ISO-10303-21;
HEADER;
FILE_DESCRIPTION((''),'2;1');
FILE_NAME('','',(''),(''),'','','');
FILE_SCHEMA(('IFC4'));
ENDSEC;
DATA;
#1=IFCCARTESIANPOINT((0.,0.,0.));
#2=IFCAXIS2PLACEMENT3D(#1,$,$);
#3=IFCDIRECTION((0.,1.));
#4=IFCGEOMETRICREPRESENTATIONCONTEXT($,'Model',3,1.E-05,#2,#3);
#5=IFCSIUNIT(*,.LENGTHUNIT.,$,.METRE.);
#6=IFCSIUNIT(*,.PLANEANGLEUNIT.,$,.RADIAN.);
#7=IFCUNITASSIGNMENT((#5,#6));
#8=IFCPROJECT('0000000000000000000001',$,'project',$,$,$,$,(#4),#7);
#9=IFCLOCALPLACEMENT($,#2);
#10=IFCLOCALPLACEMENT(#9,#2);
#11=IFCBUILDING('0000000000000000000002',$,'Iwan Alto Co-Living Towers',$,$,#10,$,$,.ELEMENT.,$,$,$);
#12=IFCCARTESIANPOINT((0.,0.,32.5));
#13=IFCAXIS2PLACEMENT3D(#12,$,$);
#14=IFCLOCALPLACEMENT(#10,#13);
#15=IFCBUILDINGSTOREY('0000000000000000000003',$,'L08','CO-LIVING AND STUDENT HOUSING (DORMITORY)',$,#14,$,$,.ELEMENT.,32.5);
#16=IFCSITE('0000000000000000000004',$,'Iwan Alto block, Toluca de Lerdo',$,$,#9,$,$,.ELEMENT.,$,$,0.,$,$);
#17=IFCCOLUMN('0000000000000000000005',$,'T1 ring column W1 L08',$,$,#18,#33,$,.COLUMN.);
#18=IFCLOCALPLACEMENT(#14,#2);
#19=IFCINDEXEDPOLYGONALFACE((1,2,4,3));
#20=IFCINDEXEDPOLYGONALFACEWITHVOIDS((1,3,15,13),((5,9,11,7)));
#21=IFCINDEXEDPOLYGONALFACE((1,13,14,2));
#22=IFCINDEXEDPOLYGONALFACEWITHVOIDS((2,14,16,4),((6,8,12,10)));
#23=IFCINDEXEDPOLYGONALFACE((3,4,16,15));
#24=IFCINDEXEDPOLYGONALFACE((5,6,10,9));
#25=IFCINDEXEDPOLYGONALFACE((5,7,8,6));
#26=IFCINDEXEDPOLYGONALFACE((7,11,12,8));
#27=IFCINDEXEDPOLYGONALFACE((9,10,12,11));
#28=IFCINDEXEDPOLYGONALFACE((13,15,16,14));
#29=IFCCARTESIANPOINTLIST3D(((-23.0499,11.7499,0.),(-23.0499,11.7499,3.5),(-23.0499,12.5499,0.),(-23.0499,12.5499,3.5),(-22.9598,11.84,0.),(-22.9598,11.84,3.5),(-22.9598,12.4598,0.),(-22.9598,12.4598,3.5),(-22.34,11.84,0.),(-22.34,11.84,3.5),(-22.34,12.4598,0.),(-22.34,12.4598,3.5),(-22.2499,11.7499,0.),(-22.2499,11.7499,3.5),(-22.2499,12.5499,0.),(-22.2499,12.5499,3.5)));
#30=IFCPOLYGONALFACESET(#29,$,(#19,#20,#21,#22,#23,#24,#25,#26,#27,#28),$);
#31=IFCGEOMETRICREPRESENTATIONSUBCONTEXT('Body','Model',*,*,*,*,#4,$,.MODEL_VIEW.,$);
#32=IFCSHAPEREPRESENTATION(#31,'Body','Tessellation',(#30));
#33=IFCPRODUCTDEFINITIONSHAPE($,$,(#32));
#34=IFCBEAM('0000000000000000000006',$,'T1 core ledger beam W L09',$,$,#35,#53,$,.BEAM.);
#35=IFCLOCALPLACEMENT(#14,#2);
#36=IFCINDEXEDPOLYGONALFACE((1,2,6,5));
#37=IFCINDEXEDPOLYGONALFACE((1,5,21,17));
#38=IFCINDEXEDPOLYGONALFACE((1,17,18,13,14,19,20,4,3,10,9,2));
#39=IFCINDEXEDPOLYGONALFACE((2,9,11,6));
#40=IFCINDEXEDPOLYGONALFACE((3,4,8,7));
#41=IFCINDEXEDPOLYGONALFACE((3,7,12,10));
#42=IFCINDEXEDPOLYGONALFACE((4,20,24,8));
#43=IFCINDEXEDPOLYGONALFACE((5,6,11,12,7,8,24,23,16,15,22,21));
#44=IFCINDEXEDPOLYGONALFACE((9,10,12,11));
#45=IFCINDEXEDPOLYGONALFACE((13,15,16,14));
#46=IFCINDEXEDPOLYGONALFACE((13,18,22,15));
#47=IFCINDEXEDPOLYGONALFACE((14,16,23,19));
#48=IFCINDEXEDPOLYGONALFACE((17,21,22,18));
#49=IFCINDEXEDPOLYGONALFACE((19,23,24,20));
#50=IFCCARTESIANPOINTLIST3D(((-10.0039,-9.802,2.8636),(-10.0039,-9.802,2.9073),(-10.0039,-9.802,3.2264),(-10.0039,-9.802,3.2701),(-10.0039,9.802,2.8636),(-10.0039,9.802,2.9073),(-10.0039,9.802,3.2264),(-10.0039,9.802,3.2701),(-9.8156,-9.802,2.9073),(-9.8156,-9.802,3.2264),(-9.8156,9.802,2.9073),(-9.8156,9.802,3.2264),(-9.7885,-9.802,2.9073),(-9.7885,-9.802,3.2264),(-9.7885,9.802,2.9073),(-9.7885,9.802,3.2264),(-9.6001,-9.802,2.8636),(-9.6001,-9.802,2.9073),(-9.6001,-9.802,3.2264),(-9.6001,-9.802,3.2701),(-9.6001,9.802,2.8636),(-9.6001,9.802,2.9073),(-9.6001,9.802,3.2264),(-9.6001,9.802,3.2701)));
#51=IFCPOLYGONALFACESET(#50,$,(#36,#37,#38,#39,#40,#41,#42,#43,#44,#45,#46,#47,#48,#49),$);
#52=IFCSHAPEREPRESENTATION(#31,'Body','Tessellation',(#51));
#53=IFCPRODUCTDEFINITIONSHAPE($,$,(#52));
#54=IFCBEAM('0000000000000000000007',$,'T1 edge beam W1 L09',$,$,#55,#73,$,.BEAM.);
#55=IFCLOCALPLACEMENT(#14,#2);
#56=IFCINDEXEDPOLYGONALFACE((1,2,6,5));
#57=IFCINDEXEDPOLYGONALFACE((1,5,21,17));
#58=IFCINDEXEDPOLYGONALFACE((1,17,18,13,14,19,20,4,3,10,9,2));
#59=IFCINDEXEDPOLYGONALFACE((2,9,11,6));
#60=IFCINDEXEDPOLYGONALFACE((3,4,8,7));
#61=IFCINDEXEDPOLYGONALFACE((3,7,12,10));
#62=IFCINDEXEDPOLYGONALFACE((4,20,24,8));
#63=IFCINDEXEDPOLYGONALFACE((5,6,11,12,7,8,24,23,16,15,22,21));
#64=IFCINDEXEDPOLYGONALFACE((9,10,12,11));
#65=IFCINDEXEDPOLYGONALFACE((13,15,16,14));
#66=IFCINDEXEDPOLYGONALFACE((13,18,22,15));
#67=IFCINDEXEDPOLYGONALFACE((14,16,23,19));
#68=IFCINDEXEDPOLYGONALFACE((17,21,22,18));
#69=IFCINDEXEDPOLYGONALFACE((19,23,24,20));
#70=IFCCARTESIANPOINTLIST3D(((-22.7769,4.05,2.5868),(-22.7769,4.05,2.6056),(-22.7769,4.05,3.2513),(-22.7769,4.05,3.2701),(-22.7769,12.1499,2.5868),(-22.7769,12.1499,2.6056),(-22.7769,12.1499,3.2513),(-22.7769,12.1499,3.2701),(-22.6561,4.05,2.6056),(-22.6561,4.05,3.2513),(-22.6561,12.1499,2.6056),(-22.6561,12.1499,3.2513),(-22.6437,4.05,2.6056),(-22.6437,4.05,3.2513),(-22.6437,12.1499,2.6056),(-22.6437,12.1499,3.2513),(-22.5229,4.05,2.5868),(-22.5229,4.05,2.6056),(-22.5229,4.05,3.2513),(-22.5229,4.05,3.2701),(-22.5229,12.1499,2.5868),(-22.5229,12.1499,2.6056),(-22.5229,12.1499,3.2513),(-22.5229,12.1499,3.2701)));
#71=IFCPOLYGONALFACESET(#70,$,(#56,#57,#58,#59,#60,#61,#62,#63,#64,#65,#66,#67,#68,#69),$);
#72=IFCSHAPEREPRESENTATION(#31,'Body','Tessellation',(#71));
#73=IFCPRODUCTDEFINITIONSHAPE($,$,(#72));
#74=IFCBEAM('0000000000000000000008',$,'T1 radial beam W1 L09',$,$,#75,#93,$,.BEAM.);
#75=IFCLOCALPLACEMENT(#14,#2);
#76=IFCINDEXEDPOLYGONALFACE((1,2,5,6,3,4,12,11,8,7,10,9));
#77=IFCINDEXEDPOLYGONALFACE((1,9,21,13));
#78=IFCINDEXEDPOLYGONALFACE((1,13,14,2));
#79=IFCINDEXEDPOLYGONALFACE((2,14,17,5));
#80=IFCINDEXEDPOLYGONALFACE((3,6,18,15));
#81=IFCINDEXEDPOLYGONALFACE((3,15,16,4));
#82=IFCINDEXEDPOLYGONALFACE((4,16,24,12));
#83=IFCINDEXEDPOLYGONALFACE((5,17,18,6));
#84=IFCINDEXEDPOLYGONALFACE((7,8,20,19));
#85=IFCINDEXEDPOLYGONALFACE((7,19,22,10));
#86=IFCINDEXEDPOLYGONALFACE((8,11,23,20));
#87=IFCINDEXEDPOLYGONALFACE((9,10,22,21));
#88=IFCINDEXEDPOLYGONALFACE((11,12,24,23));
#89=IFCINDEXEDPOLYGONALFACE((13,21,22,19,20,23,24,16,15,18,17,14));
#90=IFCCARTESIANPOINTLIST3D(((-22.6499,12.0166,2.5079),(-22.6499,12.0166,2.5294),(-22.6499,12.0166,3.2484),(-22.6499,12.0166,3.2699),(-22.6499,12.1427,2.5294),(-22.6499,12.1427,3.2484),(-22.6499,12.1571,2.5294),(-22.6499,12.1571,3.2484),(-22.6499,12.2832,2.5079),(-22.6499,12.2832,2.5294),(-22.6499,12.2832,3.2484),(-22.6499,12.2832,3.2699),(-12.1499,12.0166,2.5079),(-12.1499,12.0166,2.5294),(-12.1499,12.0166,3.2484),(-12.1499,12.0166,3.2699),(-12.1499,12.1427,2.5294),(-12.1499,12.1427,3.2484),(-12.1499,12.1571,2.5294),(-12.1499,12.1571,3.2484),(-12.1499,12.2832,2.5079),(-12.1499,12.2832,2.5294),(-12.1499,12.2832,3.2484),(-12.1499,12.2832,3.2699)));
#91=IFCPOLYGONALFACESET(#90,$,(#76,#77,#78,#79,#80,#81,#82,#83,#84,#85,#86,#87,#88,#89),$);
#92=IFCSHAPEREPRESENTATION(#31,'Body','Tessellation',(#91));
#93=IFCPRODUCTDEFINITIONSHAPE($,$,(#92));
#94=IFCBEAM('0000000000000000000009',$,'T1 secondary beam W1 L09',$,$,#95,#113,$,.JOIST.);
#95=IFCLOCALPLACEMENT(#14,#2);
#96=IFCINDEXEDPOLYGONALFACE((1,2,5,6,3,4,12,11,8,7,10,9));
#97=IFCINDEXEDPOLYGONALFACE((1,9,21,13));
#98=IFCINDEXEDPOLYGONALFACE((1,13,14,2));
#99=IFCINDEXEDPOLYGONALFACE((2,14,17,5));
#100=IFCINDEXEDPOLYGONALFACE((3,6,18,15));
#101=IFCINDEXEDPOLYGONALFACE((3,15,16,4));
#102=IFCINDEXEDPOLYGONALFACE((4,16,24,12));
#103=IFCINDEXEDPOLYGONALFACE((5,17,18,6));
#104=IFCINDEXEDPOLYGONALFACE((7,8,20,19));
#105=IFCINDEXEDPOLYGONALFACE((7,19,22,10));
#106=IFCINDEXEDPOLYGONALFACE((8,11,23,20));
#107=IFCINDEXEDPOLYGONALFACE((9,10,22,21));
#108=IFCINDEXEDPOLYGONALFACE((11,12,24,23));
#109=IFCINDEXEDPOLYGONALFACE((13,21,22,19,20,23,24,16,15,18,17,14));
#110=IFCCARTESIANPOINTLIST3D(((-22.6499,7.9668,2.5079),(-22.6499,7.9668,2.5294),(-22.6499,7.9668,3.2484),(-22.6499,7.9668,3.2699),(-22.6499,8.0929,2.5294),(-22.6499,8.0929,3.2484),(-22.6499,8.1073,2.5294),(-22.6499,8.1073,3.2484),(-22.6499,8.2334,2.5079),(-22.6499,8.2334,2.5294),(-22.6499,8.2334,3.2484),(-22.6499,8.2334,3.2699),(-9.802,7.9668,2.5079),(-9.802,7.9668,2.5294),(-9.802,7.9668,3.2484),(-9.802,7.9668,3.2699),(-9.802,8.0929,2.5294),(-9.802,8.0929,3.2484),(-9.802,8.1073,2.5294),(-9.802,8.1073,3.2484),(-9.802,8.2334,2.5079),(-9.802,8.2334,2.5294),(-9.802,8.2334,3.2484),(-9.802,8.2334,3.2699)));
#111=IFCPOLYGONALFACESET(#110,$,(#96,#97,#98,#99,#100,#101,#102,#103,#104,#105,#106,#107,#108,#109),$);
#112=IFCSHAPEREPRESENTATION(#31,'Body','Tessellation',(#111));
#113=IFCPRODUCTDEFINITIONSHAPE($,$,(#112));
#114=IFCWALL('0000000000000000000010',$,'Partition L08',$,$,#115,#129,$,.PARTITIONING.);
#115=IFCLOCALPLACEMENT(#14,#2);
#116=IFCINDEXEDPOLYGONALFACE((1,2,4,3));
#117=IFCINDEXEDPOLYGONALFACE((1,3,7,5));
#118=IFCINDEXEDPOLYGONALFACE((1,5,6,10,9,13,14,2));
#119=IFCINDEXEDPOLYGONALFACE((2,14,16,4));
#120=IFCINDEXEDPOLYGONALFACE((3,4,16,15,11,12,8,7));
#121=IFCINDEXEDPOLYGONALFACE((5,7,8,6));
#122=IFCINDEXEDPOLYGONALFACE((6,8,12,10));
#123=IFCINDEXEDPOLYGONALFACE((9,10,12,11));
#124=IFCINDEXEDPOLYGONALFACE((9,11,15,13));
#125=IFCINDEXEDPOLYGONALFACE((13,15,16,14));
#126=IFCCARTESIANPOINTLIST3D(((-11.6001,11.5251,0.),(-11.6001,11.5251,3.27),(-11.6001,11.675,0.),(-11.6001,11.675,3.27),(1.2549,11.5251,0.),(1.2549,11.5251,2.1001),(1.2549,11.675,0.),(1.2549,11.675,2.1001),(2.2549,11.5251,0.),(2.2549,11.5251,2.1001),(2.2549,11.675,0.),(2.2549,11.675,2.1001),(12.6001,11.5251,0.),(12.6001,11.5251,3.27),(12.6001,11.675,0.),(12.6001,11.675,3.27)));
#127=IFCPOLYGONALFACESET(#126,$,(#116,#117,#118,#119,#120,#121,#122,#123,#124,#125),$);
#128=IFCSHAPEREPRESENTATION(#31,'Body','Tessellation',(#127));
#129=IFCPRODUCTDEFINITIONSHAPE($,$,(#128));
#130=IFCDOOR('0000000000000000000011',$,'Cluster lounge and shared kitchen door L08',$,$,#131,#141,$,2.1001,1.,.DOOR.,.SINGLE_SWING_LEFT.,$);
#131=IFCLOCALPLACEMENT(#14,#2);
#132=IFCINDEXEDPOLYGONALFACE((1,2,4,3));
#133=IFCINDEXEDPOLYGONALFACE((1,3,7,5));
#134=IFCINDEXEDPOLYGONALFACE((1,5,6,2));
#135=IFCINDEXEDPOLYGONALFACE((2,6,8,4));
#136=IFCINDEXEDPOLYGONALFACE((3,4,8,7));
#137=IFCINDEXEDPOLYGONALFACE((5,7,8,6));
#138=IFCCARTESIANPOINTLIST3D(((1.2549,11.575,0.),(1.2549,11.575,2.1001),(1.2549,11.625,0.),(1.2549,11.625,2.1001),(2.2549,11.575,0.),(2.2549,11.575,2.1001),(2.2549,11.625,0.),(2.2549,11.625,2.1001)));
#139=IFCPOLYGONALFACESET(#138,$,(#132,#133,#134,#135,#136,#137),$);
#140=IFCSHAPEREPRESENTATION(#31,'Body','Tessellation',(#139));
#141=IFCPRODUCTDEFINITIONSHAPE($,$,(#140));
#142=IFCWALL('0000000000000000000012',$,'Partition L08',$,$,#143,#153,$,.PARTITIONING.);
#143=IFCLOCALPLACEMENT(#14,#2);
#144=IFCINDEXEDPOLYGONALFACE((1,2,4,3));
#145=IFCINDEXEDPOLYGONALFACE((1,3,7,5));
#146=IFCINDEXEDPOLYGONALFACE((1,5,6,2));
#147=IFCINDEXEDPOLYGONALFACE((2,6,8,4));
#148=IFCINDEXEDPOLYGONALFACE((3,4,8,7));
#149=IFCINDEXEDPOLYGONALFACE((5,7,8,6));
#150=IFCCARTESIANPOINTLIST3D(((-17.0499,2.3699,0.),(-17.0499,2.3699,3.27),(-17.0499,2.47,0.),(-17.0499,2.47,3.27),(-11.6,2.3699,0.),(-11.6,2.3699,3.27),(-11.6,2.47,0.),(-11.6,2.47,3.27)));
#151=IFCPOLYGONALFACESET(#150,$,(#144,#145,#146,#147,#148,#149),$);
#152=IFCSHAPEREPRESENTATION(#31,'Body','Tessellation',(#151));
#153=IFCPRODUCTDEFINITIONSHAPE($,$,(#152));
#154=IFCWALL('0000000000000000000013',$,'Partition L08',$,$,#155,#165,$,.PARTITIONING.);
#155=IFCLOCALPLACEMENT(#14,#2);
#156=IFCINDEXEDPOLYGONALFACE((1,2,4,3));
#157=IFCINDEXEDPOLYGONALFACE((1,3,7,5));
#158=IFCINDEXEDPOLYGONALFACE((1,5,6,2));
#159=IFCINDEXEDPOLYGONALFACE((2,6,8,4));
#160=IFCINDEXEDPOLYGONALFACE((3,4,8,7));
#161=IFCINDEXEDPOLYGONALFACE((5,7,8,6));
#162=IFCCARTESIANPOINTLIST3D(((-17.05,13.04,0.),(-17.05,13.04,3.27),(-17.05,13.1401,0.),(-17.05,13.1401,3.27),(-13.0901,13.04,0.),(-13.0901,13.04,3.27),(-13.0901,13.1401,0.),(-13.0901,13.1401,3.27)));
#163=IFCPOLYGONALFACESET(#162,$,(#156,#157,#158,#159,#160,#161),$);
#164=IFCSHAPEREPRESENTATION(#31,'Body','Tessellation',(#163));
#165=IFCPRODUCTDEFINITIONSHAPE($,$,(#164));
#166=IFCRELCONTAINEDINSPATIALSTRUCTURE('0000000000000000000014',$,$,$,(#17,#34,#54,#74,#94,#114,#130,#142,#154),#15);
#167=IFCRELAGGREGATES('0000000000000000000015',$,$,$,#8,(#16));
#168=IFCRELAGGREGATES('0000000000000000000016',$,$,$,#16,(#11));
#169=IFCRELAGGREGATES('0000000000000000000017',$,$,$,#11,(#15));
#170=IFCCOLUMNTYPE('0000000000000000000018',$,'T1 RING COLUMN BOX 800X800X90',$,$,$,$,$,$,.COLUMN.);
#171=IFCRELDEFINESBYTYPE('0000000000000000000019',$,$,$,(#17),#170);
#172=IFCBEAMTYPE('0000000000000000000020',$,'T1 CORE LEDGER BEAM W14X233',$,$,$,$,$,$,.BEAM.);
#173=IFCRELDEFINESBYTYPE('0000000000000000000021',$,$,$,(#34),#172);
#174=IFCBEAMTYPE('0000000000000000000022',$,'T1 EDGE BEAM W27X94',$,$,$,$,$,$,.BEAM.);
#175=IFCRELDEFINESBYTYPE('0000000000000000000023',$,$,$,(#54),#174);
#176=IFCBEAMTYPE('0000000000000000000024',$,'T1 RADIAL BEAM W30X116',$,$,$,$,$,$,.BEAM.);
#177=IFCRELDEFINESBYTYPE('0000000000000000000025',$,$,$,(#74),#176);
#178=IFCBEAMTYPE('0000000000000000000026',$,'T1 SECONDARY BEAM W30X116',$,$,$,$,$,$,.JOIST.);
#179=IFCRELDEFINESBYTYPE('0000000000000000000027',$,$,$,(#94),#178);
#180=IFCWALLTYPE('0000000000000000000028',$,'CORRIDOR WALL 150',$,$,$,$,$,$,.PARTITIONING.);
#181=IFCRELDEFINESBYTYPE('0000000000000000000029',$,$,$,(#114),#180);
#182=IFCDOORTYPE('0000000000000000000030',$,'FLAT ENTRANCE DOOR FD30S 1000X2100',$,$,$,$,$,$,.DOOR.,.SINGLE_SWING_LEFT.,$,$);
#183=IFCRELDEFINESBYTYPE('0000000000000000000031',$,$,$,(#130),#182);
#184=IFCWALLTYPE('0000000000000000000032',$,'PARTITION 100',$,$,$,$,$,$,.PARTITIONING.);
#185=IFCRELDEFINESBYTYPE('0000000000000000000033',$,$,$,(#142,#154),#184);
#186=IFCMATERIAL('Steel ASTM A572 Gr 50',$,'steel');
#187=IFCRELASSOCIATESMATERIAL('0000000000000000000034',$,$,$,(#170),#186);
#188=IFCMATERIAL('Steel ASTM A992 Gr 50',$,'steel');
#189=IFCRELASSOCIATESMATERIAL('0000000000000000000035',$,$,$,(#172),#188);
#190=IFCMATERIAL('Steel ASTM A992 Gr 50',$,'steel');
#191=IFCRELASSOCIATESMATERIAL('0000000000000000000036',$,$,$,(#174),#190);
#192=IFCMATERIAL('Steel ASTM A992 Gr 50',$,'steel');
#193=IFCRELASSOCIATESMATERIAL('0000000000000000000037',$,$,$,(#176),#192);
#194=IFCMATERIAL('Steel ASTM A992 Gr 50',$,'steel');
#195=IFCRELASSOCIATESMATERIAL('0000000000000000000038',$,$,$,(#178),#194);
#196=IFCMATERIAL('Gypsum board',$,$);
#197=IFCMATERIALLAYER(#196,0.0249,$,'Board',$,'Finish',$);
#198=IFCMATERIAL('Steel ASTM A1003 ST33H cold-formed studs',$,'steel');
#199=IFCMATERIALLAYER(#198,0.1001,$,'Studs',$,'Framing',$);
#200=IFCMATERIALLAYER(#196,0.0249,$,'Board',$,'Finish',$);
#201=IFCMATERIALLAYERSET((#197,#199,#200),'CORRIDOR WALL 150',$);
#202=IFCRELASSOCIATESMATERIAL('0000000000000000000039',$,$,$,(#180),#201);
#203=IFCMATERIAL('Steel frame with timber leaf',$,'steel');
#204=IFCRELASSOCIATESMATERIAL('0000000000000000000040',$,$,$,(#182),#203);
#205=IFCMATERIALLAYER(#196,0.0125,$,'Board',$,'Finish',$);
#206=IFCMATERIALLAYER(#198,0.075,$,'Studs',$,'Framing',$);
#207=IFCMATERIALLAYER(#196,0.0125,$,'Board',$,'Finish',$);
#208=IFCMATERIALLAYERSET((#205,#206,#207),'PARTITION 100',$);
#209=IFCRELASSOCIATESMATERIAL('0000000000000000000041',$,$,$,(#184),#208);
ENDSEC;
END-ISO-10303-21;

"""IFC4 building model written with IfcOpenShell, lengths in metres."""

from ifc_helpers import new_model, si_unit, direction, frame, frame_2d, origin, origin_2d, place, context, subcontext, project, spatial, rectangle, hollow_rectangle, i_section, extrude, material, layer, layer_set, material_profile, profile_set, type_object, element, fill, save


model = new_model("IFC4")

# Units and contexts
model_context = context("Model", 3, precision=1e-05, world=origin(), true_north=direction((0.0, 1.0)))
body_context = subcontext(model_context, "Body", "Model", "MODEL_VIEW")
ifc_project = project(units=[si_unit("LENGTHUNIT", "METRE"), si_unit("PLANEANGLEUNIT", "RADIAN")], contexts=[model_context])

# Site, building, storey
site_placement = place(None, origin())
site = spatial("IfcSite", under=ifc_project, at=site_placement, Name="Iwan Alto block, Toluca de Lerdo", CompositionType="ELEMENT", RefElevation=0.0)
building_placement = place(site_placement, origin())
building = spatial("IfcBuilding", under=site, at=building_placement, Name="Iwan Alto Co-Living Towers", CompositionType="ELEMENT")
storey_placement = place(building_placement, frame((0.0, 0.0, 32.5)))
storey = spatial("IfcBuildingStorey", under=building, at=storey_placement, Name="L08", Description="CO-LIVING AND STUDENT HOUSING (DORMITORY)", CompositionType="ELEMENT", Elevation=32.5)

# Column
ifc_material_1 = material(Name="Steel ASTM A572 Gr 50", Category="steel")
ifc_material_profile_1 = material_profile(ifc_material_1, hollow_rectangle(XDim=0.8, YDim=0.8, WallThickness=0.0901, at=origin_2d()), Name="BOX 800X800X90")
ifc_profile_set_1 = profile_set([ifc_material_profile_1], Name="Steel ASTM A572 Gr 50")
column_type = type_object("IfcColumnType", Name="T1 RING COLUMN BOX 800X800X90", PredefinedType="COLUMN", material=ifc_profile_set_1)
column_placement = place(storey_placement, frame((-22.6499, 12.1499, 0.0), z_axis=(0.0, 0.0, 1.0), x_axis=(1.0, 0.0, 0.0)))
element("IfcColumn", 1, at=column_placement, inside=storey, type_object=column_type, Name="T1 ring column W1 L08", PredefinedType="COLUMN", context=body_context, shape_type="SweptSolid", body=[
    extrude(hollow_rectangle(XDim=0.8, YDim=0.8, WallThickness=0.0901, at=origin_2d()), origin(), (0.0, 0.0, 1.0), 3.5),
])

# Beams
ifc_material_2 = material(Name="Steel ASTM A992 Gr 50", Category="steel")
ifc_material_profile_2 = material_profile(ifc_material_2, i_section(OverallWidth=0.4038, OverallDepth=0.4065, WebThickness=0.0271, FlangeThickness=0.0437, at=origin_2d()), Name="W14X233")
ifc_profile_set_2 = profile_set([ifc_material_profile_2], Name="Steel ASTM A992 Gr 50")
beam_type_1 = type_object("IfcBeamType", Name="T1 CORE LEDGER BEAM W14X233", PredefinedType="BEAM", material=ifc_profile_set_2)
beam_1_placement = place(storey_placement, frame((-9.802, 9.802, 3.0669), z_axis=(0.0, -1.0, 0.0), x_axis=(1.0, 0.0, 0.0)))
element("IfcBeam", 2, at=beam_1_placement, inside=storey, type_object=beam_type_1, Name="T1 core ledger beam W L09", PredefinedType="BEAM", context=body_context, shape_type="SweptSolid", body=[
    extrude(i_section(OverallWidth=0.4038, OverallDepth=0.4065, WebThickness=0.0271, FlangeThickness=0.0437, at=origin_2d()), origin(), (0.0, 0.0, 1.0), 19.604),
])
ifc_material_3 = material(Name="Steel ASTM A992 Gr 50", Category="steel")
ifc_material_profile_3 = material_profile(ifc_material_3, i_section(OverallWidth=0.2539, OverallDepth=0.6833, WebThickness=0.0125, FlangeThickness=0.0188, at=origin_2d()), Name="W27X94")
ifc_profile_set_3 = profile_set([ifc_material_profile_3], Name="Steel ASTM A992 Gr 50")
beam_type_2 = type_object("IfcBeamType", Name="T1 EDGE BEAM W27X94", PredefinedType="BEAM", material=ifc_profile_set_3)
beam_2_placement = place(storey_placement, frame((-22.6499, 12.1499, 2.9285), z_axis=(0.0, -1.0, 0.0), x_axis=(1.0, 0.0, 0.0)))
element("IfcBeam", 3, at=beam_2_placement, inside=storey, type_object=beam_type_2, Name="T1 edge beam W1 L09", PredefinedType="BEAM", context=body_context, shape_type="SweptSolid", body=[
    extrude(i_section(OverallWidth=0.2539, OverallDepth=0.6833, WebThickness=0.0125, FlangeThickness=0.0188, at=origin_2d()), origin(), (0.0, 0.0, 1.0), 8.0999),
])
ifc_material_4 = material(Name="Steel ASTM A992 Gr 50", Category="steel")
ifc_material_profile_4 = material_profile(ifc_material_4, i_section(OverallWidth=0.2666, OverallDepth=0.762, WebThickness=0.0144, FlangeThickness=0.0215, at=origin_2d()), Name="W30X116")
ifc_profile_set_4 = profile_set([ifc_material_profile_4], Name="Steel ASTM A992 Gr 50")
beam_type_3 = type_object("IfcBeamType", Name="T1 RADIAL BEAM W30X116", PredefinedType="BEAM", material=ifc_profile_set_4)
beam_3_placement = place(storey_placement, frame((-22.6499, 12.1499, 2.8889), z_axis=(1.0, 0.0, 0.0), x_axis=(0.0, 1.0, 0.0)))
element("IfcBeam", 4, at=beam_3_placement, inside=storey, type_object=beam_type_3, Name="T1 radial beam W1 L09", PredefinedType="BEAM", context=body_context, shape_type="SweptSolid", body=[
    extrude(i_section(OverallWidth=0.2666, OverallDepth=0.762, WebThickness=0.0144, FlangeThickness=0.0215, at=origin_2d()), origin(), (0.0, 0.0, 1.0), 10.5),
])
ifc_material_5 = material(Name="Steel ASTM A992 Gr 50", Category="steel")
ifc_material_profile_5 = material_profile(ifc_material_5, i_section(OverallWidth=0.2666, OverallDepth=0.762, WebThickness=0.0144, FlangeThickness=0.0215, at=origin_2d()), Name="W30X116")
ifc_profile_set_5 = profile_set([ifc_material_profile_5], Name="Steel ASTM A992 Gr 50")
beam_type_4 = type_object("IfcBeamType", Name="T1 SECONDARY BEAM W30X116", PredefinedType="JOIST", material=ifc_profile_set_5)
beam_4_placement = place(storey_placement, frame((-22.6499, 8.1001, 2.8889), z_axis=(1.0, 0.0, 0.0), x_axis=(0.0, 1.0, 0.0)))
element("IfcBeam", 5, at=beam_4_placement, inside=storey, type_object=beam_type_4, Name="T1 secondary beam W1 L09", PredefinedType="JOIST", context=body_context, shape_type="SweptSolid", body=[
    extrude(i_section(OverallWidth=0.2666, OverallDepth=0.762, WebThickness=0.0144, FlangeThickness=0.0215, at=origin_2d()), origin(), (0.0, 0.0, 1.0), 12.8479),
])

# Wall, opening, door
ifc_material_6 = material(Name="Gypsum board")
ifc_layer_1 = layer(ifc_material_6, 0.0249, Name="Board", Category="Finish")
ifc_material_7 = material(Name="Steel ASTM A1003 ST33H cold-formed studs", Category="steel")
ifc_layer_2 = layer(ifc_material_7, 0.1001, Name="Studs", Category="Framing")
ifc_layer_3 = layer(ifc_material_6, 0.0249, Name="Board", Category="Finish")
ifc_layer_set_1 = layer_set([ifc_layer_1, ifc_layer_2, ifc_layer_3], Name="CORRIDOR WALL 150")
wall_type_1 = type_object("IfcWallType", Name="CORRIDOR WALL 150", PredefinedType="PARTITIONING", material=ifc_layer_set_1)
wall_1_placement = place(storey_placement, frame((-11.6001, 11.6001, 0.0), z_axis=(0.0, 0.0, 1.0), x_axis=(1.0, 0.0, 0.0)))
wall_1 = element("IfcWall", 6, at=wall_1_placement, inside=storey, type_object=wall_type_1, Name="Partition L08", PredefinedType="PARTITIONING", context=body_context, shape_type="SweptSolid", body=[
    extrude(rectangle(XDim=24.2002, YDim=0.1499, at=frame_2d((12.1001, 0.0))), origin(), (0.0, 0.0, 1.0), 3.27),
])
opening_1_placement = place(wall_1_placement, frame((12.855, 0.0, 0.0)))
opening_1 = element("IfcOpeningElement", 7, at=opening_1_placement, cuts=wall_1, PredefinedType="OPENING", context=body_context, shape_type="SweptSolid", body=[
    extrude(rectangle(XDim=1.0, YDim=2.1001, at=frame_2d((0.5, 1.05))), frame((0.0, 0.085, 0.0), z_axis=(0.0, -1.0, 0.0), x_axis=(1.0, 0.0, 0.0)), (0.0, 0.0, 1.0), 0.1699),
])
ifc_material_8 = material(Name="Steel frame with timber leaf", Category="steel")
door_type_1 = type_object("IfcDoorType", Name="FLAT ENTRANCE DOOR FD30S 1000X2100", OperationType="SINGLE_SWING_LEFT", PredefinedType="DOOR", material=ifc_material_8)
door_1_placement = place(opening_1_placement, origin())
door_1 = element("IfcDoor", 8, at=door_1_placement, inside=storey, type_object=door_type_1, Name="Cluster lounge and shared kitchen door L08", OperationType="SINGLE_SWING_LEFT", OverallHeight=2.1001, OverallWidth=1.0, PredefinedType="DOOR", context=body_context, shape_type="SweptSolid", body=[
    extrude(rectangle(XDim=1.0, YDim=2.1001, at=frame_2d((0.5, 1.05))), frame((0.0, 0.0249, 0.0), z_axis=(0.0, -1.0, 0.0), x_axis=(1.0, 0.0, 0.0)), (0.0, 0.0, 1.0), 0.05),
])
fill(opening_1, door_1)

# Walls
ifc_layer_4 = layer(ifc_material_6, 0.0125, Name="Board", Category="Finish")
ifc_layer_5 = layer(ifc_material_7, 0.075, Name="Studs", Category="Framing")
ifc_layer_6 = layer(ifc_material_6, 0.0125, Name="Board", Category="Finish")
ifc_layer_set_2 = layer_set([ifc_layer_4, ifc_layer_5, ifc_layer_6], Name="PARTITION 100")
wall_type_2 = type_object("IfcWallType", Name="PARTITION 100", PredefinedType="PARTITIONING", material=ifc_layer_set_2)
wall_2_placement = place(storey_placement, frame((-17.05, 2.4199, 0.0), z_axis=(0.0, 0.0, 1.0), x_axis=(1.0, 0.0, 0.0)))
element("IfcWall", 9, at=wall_2_placement, inside=storey, type_object=wall_type_2, Name="Partition L08", PredefinedType="PARTITIONING", context=body_context, shape_type="SweptSolid", body=[
    extrude(rectangle(XDim=5.45, YDim=0.1001, at=frame_2d((2.7251, 0.0))), origin(), (0.0, 0.0, 1.0), 3.27),
])
wall_3_placement = place(storey_placement, frame((-17.05, 13.0901, 0.0), z_axis=(0.0, 0.0, 1.0), x_axis=(1.0, 0.0, 0.0)))
element("IfcWall", 10, at=wall_3_placement, inside=storey, type_object=wall_type_2, Name="Partition L08", PredefinedType="PARTITIONING", context=body_context, shape_type="SweptSolid", body=[
    extrude(rectangle(XDim=3.96, YDim=0.1001, at=frame_2d((1.98, 0.0))), origin(), (0.0, 0.0, 1.0), 3.27),
])

save(model, "model.ifc")
